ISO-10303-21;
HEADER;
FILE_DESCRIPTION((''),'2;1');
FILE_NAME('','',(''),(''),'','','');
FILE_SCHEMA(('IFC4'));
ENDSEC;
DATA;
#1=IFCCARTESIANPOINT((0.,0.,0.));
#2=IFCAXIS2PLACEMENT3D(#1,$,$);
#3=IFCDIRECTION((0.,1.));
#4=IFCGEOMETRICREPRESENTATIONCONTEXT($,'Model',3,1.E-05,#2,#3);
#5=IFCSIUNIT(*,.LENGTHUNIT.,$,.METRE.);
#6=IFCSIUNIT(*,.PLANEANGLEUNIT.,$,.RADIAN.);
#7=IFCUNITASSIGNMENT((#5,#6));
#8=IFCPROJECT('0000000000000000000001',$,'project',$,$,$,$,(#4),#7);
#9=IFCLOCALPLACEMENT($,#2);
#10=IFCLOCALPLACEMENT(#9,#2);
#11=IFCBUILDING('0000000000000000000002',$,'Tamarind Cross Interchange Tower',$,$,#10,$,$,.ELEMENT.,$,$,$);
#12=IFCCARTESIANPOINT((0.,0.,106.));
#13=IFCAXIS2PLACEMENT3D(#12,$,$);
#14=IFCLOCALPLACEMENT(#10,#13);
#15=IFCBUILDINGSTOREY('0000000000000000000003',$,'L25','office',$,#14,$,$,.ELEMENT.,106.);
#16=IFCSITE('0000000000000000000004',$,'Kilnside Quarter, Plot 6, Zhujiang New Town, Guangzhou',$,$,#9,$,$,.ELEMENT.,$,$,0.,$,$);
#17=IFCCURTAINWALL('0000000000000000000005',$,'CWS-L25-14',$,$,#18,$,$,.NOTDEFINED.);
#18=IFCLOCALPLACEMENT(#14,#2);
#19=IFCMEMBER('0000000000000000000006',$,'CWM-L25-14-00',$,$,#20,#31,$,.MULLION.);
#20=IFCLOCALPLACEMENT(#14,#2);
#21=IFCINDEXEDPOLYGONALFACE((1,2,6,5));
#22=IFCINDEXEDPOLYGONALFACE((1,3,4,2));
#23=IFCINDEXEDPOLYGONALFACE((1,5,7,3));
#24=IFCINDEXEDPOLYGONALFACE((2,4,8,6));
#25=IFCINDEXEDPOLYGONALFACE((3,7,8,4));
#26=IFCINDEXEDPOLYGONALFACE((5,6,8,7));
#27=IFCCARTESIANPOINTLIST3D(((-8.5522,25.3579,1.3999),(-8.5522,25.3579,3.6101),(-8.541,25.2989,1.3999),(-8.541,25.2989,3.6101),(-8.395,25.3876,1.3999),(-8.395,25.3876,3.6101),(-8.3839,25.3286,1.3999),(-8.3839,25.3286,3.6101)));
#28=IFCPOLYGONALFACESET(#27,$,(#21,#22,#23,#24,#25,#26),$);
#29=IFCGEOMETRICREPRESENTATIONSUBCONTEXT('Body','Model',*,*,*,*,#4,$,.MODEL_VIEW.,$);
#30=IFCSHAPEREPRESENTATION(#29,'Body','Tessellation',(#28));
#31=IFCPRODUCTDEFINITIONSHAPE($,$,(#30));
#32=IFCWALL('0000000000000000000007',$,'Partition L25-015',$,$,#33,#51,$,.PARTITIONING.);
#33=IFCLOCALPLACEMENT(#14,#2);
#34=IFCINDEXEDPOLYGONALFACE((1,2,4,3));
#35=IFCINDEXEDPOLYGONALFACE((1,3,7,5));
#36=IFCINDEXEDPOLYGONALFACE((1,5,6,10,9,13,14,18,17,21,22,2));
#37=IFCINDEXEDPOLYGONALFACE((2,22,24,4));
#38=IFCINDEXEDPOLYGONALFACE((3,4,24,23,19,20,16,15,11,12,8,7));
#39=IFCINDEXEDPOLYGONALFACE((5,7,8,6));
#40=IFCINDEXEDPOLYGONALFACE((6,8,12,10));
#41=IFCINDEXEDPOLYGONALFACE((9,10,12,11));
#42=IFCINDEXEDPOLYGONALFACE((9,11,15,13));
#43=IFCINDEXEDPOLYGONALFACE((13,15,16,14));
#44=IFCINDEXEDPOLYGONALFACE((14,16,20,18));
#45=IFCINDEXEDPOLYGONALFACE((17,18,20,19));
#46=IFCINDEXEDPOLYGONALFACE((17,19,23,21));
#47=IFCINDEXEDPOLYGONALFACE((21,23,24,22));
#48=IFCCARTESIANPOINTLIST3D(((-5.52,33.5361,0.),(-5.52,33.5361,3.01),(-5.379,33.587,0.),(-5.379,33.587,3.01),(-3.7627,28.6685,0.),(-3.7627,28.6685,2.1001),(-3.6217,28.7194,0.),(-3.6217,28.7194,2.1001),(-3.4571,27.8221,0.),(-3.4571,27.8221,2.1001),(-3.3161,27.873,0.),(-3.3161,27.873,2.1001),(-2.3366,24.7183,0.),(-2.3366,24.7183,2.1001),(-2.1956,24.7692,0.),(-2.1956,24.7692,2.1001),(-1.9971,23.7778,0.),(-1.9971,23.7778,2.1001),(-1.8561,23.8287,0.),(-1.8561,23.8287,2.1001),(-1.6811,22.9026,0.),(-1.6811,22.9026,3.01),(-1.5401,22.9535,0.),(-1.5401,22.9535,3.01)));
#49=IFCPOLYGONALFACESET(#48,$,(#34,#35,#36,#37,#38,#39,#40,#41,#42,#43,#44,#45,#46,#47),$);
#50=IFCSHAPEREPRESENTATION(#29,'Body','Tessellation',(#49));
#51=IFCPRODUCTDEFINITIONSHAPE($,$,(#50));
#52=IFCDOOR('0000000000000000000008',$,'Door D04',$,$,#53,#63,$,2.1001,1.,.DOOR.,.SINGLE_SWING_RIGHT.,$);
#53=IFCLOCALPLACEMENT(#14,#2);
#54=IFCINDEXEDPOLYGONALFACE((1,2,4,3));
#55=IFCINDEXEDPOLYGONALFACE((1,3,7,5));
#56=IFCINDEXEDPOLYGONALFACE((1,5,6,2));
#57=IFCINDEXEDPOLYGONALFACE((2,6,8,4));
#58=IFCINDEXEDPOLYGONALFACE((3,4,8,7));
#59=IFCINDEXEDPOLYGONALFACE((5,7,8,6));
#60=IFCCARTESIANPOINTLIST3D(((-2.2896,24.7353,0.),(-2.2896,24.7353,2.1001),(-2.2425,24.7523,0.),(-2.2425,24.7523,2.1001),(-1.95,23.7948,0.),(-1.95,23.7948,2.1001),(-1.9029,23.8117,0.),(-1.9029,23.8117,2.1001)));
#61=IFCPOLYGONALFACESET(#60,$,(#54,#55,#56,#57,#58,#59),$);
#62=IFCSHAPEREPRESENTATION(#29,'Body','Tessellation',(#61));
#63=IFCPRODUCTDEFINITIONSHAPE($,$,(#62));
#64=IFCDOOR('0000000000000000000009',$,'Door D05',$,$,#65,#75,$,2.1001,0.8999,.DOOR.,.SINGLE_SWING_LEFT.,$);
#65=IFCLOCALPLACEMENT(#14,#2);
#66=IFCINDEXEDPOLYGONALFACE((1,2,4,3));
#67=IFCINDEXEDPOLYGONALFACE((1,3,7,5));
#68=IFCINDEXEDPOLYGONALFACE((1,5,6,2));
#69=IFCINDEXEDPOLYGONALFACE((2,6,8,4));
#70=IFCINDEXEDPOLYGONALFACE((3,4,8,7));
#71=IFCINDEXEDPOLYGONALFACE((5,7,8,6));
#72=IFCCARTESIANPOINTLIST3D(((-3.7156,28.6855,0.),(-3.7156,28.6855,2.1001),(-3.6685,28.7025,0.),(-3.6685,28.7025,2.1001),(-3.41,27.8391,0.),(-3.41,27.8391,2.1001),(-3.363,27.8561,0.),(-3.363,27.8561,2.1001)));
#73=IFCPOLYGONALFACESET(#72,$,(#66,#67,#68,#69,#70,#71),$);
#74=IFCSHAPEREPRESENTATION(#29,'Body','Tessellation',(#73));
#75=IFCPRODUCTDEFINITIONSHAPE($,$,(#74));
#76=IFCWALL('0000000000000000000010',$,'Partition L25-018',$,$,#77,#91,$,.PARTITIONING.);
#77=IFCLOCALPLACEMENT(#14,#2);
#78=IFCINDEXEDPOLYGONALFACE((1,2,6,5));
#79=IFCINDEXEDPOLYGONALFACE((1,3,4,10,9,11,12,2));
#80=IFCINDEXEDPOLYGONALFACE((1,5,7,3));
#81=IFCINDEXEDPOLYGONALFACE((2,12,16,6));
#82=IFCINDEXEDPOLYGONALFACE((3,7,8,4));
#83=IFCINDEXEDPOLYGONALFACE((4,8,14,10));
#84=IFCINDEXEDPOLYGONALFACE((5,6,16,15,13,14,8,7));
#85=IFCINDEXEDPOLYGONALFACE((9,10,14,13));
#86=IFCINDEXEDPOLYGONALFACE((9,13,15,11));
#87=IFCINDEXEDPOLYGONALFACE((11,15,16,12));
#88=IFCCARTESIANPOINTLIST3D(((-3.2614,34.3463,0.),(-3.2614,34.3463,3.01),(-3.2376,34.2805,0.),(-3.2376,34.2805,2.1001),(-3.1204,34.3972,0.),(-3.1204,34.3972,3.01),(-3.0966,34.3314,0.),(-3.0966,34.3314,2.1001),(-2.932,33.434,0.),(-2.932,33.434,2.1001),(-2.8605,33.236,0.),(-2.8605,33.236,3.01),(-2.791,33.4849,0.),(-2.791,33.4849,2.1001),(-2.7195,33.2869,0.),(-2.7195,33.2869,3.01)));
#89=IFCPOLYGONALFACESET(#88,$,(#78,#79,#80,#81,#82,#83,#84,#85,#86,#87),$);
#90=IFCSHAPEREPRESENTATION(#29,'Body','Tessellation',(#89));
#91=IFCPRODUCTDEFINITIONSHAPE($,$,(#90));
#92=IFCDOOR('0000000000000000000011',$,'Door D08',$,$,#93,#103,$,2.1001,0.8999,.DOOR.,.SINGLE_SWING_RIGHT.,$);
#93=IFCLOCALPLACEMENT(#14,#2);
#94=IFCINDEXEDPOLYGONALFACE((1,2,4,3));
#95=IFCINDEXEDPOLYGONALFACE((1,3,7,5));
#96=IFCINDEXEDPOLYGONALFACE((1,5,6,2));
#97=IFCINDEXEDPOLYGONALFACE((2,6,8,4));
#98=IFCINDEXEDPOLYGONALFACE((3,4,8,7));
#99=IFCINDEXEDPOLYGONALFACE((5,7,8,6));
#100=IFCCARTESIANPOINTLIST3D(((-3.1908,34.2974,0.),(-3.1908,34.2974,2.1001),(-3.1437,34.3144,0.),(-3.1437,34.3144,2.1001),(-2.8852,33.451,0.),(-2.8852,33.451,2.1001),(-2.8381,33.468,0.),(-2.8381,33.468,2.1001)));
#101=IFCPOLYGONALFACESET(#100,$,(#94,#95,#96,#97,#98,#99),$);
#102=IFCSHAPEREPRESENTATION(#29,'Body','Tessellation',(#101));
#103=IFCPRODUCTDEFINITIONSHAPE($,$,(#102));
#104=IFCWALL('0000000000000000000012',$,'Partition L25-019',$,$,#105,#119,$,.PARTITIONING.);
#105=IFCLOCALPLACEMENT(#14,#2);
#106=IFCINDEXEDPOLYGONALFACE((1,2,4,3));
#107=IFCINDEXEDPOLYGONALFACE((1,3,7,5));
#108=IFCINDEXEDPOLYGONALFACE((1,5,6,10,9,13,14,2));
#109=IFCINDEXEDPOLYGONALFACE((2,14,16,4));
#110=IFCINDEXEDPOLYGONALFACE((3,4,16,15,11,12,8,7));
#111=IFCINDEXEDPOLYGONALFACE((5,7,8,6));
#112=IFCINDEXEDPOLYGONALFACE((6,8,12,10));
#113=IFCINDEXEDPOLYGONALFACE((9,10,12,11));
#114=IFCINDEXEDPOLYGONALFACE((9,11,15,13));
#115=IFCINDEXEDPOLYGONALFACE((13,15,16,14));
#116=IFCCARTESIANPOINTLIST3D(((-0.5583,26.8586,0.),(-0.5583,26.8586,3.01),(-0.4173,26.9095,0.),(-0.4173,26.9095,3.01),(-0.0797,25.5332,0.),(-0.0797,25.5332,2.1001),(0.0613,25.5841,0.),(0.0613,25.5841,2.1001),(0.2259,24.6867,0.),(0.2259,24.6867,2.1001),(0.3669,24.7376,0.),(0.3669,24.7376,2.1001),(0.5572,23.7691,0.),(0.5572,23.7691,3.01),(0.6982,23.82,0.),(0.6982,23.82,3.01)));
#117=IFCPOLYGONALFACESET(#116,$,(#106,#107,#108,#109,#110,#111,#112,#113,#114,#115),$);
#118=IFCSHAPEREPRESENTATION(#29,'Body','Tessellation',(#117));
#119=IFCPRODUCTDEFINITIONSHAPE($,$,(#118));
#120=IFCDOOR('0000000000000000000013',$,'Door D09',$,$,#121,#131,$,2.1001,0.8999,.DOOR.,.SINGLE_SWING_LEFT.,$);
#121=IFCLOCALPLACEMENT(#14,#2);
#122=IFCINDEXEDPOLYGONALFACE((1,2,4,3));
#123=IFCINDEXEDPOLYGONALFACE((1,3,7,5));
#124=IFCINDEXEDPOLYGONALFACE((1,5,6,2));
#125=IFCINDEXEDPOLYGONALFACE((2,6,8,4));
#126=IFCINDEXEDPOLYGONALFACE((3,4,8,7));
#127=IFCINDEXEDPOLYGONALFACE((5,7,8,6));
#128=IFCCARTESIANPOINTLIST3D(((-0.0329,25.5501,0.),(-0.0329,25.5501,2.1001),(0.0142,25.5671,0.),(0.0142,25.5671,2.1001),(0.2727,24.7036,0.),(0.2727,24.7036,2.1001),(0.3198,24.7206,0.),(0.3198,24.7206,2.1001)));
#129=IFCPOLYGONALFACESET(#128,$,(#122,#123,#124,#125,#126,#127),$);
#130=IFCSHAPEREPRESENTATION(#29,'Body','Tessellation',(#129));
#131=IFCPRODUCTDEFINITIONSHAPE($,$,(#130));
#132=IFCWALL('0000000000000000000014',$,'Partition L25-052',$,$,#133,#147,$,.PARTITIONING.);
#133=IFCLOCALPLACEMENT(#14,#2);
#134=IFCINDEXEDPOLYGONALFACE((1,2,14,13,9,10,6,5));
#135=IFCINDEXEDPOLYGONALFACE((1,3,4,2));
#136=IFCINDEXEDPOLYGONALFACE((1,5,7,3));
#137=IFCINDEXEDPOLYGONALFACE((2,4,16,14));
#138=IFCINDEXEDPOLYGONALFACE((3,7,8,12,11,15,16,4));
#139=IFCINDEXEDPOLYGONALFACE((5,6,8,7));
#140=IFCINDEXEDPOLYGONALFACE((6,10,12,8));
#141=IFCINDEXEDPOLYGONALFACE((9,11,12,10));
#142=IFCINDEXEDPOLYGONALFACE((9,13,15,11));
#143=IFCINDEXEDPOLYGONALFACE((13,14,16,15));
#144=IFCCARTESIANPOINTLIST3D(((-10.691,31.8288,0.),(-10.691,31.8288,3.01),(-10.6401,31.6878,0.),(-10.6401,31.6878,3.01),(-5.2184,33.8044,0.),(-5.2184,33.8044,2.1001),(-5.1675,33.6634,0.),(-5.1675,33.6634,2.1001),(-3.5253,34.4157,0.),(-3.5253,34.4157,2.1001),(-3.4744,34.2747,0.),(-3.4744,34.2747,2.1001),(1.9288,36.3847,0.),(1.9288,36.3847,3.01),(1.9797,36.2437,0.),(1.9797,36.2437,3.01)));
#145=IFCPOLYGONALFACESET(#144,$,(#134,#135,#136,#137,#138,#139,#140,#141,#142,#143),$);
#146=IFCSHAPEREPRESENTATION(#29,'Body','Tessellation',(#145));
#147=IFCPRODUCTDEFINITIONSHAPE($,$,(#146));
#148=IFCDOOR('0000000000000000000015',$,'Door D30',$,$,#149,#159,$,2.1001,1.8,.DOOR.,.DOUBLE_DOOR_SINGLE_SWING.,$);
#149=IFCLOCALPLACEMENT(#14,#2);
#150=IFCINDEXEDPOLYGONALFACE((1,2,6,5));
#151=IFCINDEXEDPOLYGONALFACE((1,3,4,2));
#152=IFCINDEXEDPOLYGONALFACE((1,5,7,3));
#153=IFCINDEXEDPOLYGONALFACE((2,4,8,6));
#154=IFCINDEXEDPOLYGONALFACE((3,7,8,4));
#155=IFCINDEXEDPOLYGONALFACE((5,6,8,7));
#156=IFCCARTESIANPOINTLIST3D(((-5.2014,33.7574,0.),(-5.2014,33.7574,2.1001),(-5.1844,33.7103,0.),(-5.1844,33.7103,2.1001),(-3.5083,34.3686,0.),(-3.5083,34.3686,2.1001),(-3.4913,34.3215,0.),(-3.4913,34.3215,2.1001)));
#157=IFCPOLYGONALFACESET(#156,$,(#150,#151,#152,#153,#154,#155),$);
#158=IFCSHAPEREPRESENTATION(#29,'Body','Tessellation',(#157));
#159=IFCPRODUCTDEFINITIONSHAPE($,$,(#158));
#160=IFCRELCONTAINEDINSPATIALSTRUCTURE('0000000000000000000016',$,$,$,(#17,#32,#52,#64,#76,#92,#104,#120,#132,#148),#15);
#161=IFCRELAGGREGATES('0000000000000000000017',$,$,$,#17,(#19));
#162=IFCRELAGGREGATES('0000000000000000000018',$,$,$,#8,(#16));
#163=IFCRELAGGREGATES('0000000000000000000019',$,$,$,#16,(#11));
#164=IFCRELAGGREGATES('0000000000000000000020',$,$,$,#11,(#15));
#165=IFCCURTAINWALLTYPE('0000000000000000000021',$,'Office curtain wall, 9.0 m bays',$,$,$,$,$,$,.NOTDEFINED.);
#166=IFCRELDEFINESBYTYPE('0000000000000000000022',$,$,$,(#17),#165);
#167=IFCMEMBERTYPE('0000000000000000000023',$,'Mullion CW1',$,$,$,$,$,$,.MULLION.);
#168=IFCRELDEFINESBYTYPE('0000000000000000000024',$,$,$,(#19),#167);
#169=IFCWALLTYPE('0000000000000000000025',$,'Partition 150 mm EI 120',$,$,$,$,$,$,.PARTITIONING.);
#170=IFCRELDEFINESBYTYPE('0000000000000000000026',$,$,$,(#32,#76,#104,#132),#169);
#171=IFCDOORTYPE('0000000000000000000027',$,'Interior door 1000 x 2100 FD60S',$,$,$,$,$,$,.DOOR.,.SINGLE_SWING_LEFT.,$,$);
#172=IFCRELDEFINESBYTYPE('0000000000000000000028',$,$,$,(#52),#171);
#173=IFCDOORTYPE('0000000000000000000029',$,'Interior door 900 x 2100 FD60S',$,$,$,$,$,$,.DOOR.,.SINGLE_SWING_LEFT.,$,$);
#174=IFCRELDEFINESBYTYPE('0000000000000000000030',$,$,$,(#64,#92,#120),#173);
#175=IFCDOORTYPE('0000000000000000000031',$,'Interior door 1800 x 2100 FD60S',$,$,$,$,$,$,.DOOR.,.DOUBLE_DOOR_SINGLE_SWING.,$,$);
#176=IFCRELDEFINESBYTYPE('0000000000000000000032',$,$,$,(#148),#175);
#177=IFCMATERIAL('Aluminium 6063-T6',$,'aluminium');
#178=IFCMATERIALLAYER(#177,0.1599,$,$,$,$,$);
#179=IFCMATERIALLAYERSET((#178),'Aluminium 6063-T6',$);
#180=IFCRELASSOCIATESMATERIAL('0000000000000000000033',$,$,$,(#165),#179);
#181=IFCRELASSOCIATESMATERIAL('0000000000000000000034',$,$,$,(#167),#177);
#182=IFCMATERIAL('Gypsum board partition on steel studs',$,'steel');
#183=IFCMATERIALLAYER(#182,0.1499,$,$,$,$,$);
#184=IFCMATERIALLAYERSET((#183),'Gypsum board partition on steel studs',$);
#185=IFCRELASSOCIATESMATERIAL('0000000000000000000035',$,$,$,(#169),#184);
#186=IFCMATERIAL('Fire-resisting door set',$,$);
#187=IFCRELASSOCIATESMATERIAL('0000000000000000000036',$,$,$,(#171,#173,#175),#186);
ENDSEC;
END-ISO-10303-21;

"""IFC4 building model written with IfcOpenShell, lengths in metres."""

from ifc_helpers import new_model, si_unit, direction, frame, frame_2d, origin, origin_2d, place, context, subcontext, project, spatial, rectangle, extrude, material, layer, layer_set, material_profile, profile_set, type_object, element, fill, aggregate, save


model = new_model("IFC4")

# Units and contexts
model_context = context("Model", 3, precision=1e-05, world=origin(), true_north=direction((0.0, 1.0)))
body_context = subcontext(model_context, "Body", "Model", "MODEL_VIEW")
ifc_project = project(units=[si_unit("LENGTHUNIT", "METRE"), si_unit("PLANEANGLEUNIT", "RADIAN")], contexts=[model_context])

# Site, building, storey
site_placement = place(None, origin())
site = spatial("IfcSite", under=ifc_project, at=site_placement, Name="Kilnside Quarter, Plot 6, Zhujiang New Town, Guangzhou", CompositionType="ELEMENT", RefElevation=0.0)
building_placement = place(site_placement, origin())
building = spatial("IfcBuilding", under=site, at=building_placement, Name="Tamarind Cross Interchange Tower", CompositionType="ELEMENT")
storey_placement = place(building_placement, frame((0.0, 0.0, 106.0)))
storey = spatial("IfcBuildingStorey", under=building, at=storey_placement, Name="L25", Description="office", CompositionType="ELEMENT", Elevation=106.0)

# Shared definitions
ifc_material_1 = material(Name="Aluminium 6063-T6", Category="aluminium")
ifc_layer_1 = layer(ifc_material_1, 0.1599)
ifc_layer_set_1 = layer_set([ifc_layer_1], Name="Aluminium 6063-T6")
curtain_wall_type = type_object("IfcCurtainWallType", Name="Office curtain wall, 9.0 m bays", PredefinedType="NOTDEFINED", material=ifc_layer_set_1)
ifc_material_profile_1 = material_profile(ifc_material_1, rectangle(XDim=0.0601, YDim=0.1599, at=origin_2d()), Name="Mullion CW1")
ifc_profile_set_1 = profile_set([ifc_material_profile_1], Name="Aluminium 6063-T6")
member_type = type_object("IfcMemberType", Name="Mullion CW1", PredefinedType="MULLION", material=ifc_profile_set_1)

# Curtain wall, member
curtain_wall_1_placement = place(storey_placement, origin())
curtain_wall_1 = element("IfcCurtainWall", 1, at=curtain_wall_1_placement, inside=storey, type_object=curtain_wall_type, Name="CWS-L25-14", PredefinedType="NOTDEFINED")
member_1_placement = place(storey_placement, frame((-8.468, 25.3433, 1.3999), z_axis=(0.0, 0.0, 1.0), x_axis=(0.185607, -0.982624, 0.0)))
member_1 = element("IfcMember", 2, at=member_1_placement, type_object=member_type, Name="CWM-L25-14-00", PredefinedType="MULLION", context=body_context, shape_type="SweptSolid", body=[
    extrude(rectangle(XDim=0.0601, YDim=0.1599, at=origin_2d()), origin(), (0.0, 0.0, 1.0), 2.2102),
])
aggregate(curtain_wall_1, [member_1])

# Wall, openings, doors
ifc_material_2 = material(Name="Gypsum board partition on steel studs", Category="steel")
ifc_layer_2 = layer(ifc_material_2, 0.1499)
ifc_layer_set_2 = layer_set([ifc_layer_2], Name="Gypsum board partition on steel studs")
wall_type_1 = type_object("IfcWallType", Name="Partition 150 mm EI 120", PredefinedType="PARTITIONING", material=ifc_layer_set_2)
wall_1_placement = place(storey_placement, frame((-5.4495, 33.5615, 0.0), z_axis=(0.0, 0.0, 1.0), x_axis=(0.339564, -0.940583, 0.0)))
wall_1 = element("IfcWall", 3, at=wall_1_placement, inside=storey, type_object=wall_type_1, Name="Partition L25-015", PredefinedType="PARTITIONING", context=body_context, shape_type="SweptSolid", body=[
    extrude(rectangle(XDim=11.3052, YDim=0.1499, at=frame_2d((5.6526, 0.0))), origin(), (0.0, 0.0, 1.0), 3.01),
])
opening_1_placement = place(wall_1_placement, frame((9.3748, 0.0, 0.0)))
opening_1 = element("IfcOpeningElement", 4, at=opening_1_placement, cuts=wall_1, PredefinedType="OPENING", context=body_context, shape_type="SweptSolid", body=[
    extrude(rectangle(XDim=1.0, YDim=2.1001, at=frame_2d((0.5, 1.05))), frame((0.0, 0.085, 0.0), z_axis=(0.0, -1.0, 0.0), x_axis=(1.0, 0.0, 0.0)), (0.0, 0.0, 1.0), 0.1699),
])
opening_2_placement = place(wall_1_placement, frame((5.175, 0.0, 0.0)))
opening_2 = element("IfcOpeningElement", 5, at=opening_2_placement, cuts=wall_1, PredefinedType="OPENING", context=body_context, shape_type="SweptSolid", body=[
    extrude(rectangle(XDim=0.8999, YDim=2.1001, at=frame_2d((0.45, 1.05))), frame((0.0, 0.085, 0.0), z_axis=(0.0, -1.0, 0.0), x_axis=(1.0, 0.0, 0.0)), (0.0, 0.0, 1.0), 0.1699),
])
ifc_material_3 = material(Name="Fire-resisting door set")
door_type_1 = type_object("IfcDoorType", Name="Interior door 1000 x 2100 FD60S", OperationType="SINGLE_SWING_LEFT", PredefinedType="DOOR", material=ifc_material_3)
door_1_placement = place(opening_1_placement, frame((1.0, 0.0, 0.0), z_axis=(0.0, 0.0, 1.0), x_axis=(-1.0, 0.0, 0.0)))
door_1 = element("IfcDoor", 6, at=door_1_placement, inside=storey, type_object=door_type_1, Name="Door D04", OperationType="SINGLE_SWING_RIGHT", OverallHeight=2.1001, OverallWidth=1.0, PredefinedType="DOOR", context=body_context, shape_type="SweptSolid", body=[
    extrude(rectangle(XDim=1.0, YDim=2.1001, at=frame_2d((0.5, 1.05))), frame((0.0, 0.0249, 0.0), z_axis=(0.0, -1.0, 0.0), x_axis=(1.0, 0.0, 0.0)), (0.0, 0.0, 1.0), 0.05),
])
fill(opening_1, door_1)
door_type_2 = type_object("IfcDoorType", Name="Interior door 900 x 2100 FD60S", OperationType="SINGLE_SWING_LEFT", PredefinedType="DOOR", material=ifc_material_3)
door_2_placement = place(opening_2_placement, frame((0.8999, 0.0, 0.0), z_axis=(0.0, 0.0, 1.0), x_axis=(-1.0, 0.0, 0.0)))
door_2 = element("IfcDoor", 7, at=door_2_placement, inside=storey, type_object=door_type_2, Name="Door D05", OperationType="SINGLE_SWING_LEFT", OverallHeight=2.1001, OverallWidth=0.8999, PredefinedType="DOOR", context=body_context, shape_type="SweptSolid", body=[
    extrude(rectangle(XDim=0.8999, YDim=2.1001, at=frame_2d((0.45, 1.05))), frame((0.0, 0.0249, 0.0), z_axis=(0.0, -1.0, 0.0), x_axis=(1.0, 0.0, 0.0)), (0.0, 0.0, 1.0), 0.05),
])
fill(opening_2, door_2)

# Walls, openings, doors
wall_2_placement = place(storey_placement, frame((-3.1909, 34.3718, 0.0), z_axis=(0.0, 0.0, 1.0), x_axis=(0.339583, -0.940576, 0.0)))
wall_2 = element("IfcWall", 8, at=wall_2_placement, inside=storey, type_object=wall_type_1, Name="Partition L25-018", PredefinedType="PARTITIONING", context=body_context, shape_type="SweptSolid", body=[
    extrude(rectangle(XDim=1.1804, YDim=0.1499, at=frame_2d((0.5903, 0.0))), origin(), (0.0, 0.0, 1.0), 3.01),
])
opening_3_placement = place(wall_2_placement, frame((0.0701, 0.0, 0.0)))
opening_3 = element("IfcOpeningElement", 9, at=opening_3_placement, cuts=wall_2, PredefinedType="OPENING", context=body_context, shape_type="SweptSolid", body=[
    extrude(rectangle(XDim=0.8999, YDim=2.1001, at=frame_2d((0.45, 1.05))), frame((0.0, 0.085, 0.0), z_axis=(0.0, -1.0, 0.0), x_axis=(1.0, 0.0, 0.0)), (0.0, 0.0, 1.0), 0.1699),
])
door_3_placement = place(opening_3_placement, origin())
door_3 = element("IfcDoor", 10, at=door_3_placement, inside=storey, type_object=door_type_2, Name="Door D08", OperationType="SINGLE_SWING_RIGHT", OverallHeight=2.1001, OverallWidth=0.8999, PredefinedType="DOOR", context=body_context, shape_type="SweptSolid", body=[
    extrude(rectangle(XDim=0.8999, YDim=2.1001, at=frame_2d((0.45, 1.05))), frame((0.0, 0.0249, 0.0), z_axis=(0.0, -1.0, 0.0), x_axis=(1.0, 0.0, 0.0)), (0.0, 0.0, 1.0), 0.05),
])
fill(opening_3, door_3)
wall_3_placement = place(storey_placement, frame((-0.4878, 26.884, 0.0), z_axis=(0.0, 0.0, 1.0), x_axis=(0.339612, -0.940566, 0.0)))
wall_3 = element("IfcWall", 11, at=wall_3_placement, inside=storey, type_object=wall_type_1, Name="Partition L25-019", PredefinedType="PARTITIONING", context=body_context, shape_type="SweptSolid", body=[
    extrude(rectangle(XDim=3.2847, YDim=0.1499, at=frame_2d((1.6423, 0.0))), origin(), (0.0, 0.0, 1.0), 3.01),
])
opening_4_placement = place(wall_3_placement, frame((1.4092, 0.0, 0.0)))
opening_4 = element("IfcOpeningElement", 12, at=opening_4_placement, cuts=wall_3, PredefinedType="OPENING", context=body_context, shape_type="SweptSolid", body=[
    extrude(rectangle(XDim=0.8999, YDim=2.1001, at=frame_2d((0.45, 1.05))), frame((0.0, 0.085, 0.0), z_axis=(0.0, -1.0, 0.0), x_axis=(1.0, 0.0, 0.0)), (0.0, 0.0, 1.0), 0.1699),
])
door_4_placement = place(opening_4_placement, origin())
door_4 = element("IfcDoor", 13, at=door_4_placement, inside=storey, type_object=door_type_2, Name="Door D09", OperationType="SINGLE_SWING_LEFT", OverallHeight=2.1001, OverallWidth=0.8999, PredefinedType="DOOR", context=body_context, shape_type="SweptSolid", body=[
    extrude(rectangle(XDim=0.8999, YDim=2.1001, at=frame_2d((0.45, 1.05))), frame((0.0, 0.0249, 0.0), z_axis=(0.0, -1.0, 0.0), x_axis=(1.0, 0.0, 0.0)), (0.0, 0.0, 1.0), 0.05),
])
fill(opening_4, door_4)
wall_4_placement = place(storey_placement, frame((-10.6655, 31.7583, 0.0), z_axis=(0.0, 0.0, 1.0), x_axis=(0.940584, 0.339561, 0.0)))
wall_4 = element("IfcWall", 14, at=wall_4_placement, inside=storey, type_object=wall_type_1, Name="Partition L25-052", PredefinedType="PARTITIONING", context=body_context, shape_type="SweptSolid", body=[
    extrude(rectangle(XDim=13.417, YDim=0.1499, at=frame_2d((6.7085, 0.0))), origin(), (0.0, 0.0, 1.0), 3.01),
])
opening_5_placement = place(wall_4_placement, frame((5.8184, 0.0, 0.0)))
opening_5 = element("IfcOpeningElement", 15, at=opening_5_placement, cuts=wall_4, PredefinedType="OPENING", context=body_context, shape_type="SweptSolid", body=[
    extrude(rectangle(XDim=1.8, YDim=2.1001, at=frame_2d((0.8999, 1.05))), frame((0.0, 0.085, 0.0), z_axis=(0.0, -1.0, 0.0), x_axis=(1.0, 0.0, 0.0)), (0.0, 0.0, 1.0), 0.1699),
])
door_type_3 = type_object("IfcDoorType", Name="Interior door 1800 x 2100 FD60S", OperationType="DOUBLE_DOOR_SINGLE_SWING", PredefinedType="DOOR", material=ifc_material_3)
door_5_placement = place(opening_5_placement, origin())
door_5 = element("IfcDoor", 16, at=door_5_placement, inside=storey, type_object=door_type_3, Name="Door D30", OperationType="DOUBLE_DOOR_SINGLE_SWING", OverallHeight=2.1001, OverallWidth=1.8, PredefinedType="DOOR", context=body_context, shape_type="SweptSolid", body=[
    extrude(rectangle(XDim=1.8, YDim=2.1001, at=frame_2d((0.8999, 1.05))), frame((0.0, 0.0249, 0.0), z_axis=(0.0, -1.0, 0.0), x_axis=(1.0, 0.0, 0.0)), (0.0, 0.0, 1.0), 0.05),
])
fill(opening_5, door_5)

save(model, "model.ifc")
